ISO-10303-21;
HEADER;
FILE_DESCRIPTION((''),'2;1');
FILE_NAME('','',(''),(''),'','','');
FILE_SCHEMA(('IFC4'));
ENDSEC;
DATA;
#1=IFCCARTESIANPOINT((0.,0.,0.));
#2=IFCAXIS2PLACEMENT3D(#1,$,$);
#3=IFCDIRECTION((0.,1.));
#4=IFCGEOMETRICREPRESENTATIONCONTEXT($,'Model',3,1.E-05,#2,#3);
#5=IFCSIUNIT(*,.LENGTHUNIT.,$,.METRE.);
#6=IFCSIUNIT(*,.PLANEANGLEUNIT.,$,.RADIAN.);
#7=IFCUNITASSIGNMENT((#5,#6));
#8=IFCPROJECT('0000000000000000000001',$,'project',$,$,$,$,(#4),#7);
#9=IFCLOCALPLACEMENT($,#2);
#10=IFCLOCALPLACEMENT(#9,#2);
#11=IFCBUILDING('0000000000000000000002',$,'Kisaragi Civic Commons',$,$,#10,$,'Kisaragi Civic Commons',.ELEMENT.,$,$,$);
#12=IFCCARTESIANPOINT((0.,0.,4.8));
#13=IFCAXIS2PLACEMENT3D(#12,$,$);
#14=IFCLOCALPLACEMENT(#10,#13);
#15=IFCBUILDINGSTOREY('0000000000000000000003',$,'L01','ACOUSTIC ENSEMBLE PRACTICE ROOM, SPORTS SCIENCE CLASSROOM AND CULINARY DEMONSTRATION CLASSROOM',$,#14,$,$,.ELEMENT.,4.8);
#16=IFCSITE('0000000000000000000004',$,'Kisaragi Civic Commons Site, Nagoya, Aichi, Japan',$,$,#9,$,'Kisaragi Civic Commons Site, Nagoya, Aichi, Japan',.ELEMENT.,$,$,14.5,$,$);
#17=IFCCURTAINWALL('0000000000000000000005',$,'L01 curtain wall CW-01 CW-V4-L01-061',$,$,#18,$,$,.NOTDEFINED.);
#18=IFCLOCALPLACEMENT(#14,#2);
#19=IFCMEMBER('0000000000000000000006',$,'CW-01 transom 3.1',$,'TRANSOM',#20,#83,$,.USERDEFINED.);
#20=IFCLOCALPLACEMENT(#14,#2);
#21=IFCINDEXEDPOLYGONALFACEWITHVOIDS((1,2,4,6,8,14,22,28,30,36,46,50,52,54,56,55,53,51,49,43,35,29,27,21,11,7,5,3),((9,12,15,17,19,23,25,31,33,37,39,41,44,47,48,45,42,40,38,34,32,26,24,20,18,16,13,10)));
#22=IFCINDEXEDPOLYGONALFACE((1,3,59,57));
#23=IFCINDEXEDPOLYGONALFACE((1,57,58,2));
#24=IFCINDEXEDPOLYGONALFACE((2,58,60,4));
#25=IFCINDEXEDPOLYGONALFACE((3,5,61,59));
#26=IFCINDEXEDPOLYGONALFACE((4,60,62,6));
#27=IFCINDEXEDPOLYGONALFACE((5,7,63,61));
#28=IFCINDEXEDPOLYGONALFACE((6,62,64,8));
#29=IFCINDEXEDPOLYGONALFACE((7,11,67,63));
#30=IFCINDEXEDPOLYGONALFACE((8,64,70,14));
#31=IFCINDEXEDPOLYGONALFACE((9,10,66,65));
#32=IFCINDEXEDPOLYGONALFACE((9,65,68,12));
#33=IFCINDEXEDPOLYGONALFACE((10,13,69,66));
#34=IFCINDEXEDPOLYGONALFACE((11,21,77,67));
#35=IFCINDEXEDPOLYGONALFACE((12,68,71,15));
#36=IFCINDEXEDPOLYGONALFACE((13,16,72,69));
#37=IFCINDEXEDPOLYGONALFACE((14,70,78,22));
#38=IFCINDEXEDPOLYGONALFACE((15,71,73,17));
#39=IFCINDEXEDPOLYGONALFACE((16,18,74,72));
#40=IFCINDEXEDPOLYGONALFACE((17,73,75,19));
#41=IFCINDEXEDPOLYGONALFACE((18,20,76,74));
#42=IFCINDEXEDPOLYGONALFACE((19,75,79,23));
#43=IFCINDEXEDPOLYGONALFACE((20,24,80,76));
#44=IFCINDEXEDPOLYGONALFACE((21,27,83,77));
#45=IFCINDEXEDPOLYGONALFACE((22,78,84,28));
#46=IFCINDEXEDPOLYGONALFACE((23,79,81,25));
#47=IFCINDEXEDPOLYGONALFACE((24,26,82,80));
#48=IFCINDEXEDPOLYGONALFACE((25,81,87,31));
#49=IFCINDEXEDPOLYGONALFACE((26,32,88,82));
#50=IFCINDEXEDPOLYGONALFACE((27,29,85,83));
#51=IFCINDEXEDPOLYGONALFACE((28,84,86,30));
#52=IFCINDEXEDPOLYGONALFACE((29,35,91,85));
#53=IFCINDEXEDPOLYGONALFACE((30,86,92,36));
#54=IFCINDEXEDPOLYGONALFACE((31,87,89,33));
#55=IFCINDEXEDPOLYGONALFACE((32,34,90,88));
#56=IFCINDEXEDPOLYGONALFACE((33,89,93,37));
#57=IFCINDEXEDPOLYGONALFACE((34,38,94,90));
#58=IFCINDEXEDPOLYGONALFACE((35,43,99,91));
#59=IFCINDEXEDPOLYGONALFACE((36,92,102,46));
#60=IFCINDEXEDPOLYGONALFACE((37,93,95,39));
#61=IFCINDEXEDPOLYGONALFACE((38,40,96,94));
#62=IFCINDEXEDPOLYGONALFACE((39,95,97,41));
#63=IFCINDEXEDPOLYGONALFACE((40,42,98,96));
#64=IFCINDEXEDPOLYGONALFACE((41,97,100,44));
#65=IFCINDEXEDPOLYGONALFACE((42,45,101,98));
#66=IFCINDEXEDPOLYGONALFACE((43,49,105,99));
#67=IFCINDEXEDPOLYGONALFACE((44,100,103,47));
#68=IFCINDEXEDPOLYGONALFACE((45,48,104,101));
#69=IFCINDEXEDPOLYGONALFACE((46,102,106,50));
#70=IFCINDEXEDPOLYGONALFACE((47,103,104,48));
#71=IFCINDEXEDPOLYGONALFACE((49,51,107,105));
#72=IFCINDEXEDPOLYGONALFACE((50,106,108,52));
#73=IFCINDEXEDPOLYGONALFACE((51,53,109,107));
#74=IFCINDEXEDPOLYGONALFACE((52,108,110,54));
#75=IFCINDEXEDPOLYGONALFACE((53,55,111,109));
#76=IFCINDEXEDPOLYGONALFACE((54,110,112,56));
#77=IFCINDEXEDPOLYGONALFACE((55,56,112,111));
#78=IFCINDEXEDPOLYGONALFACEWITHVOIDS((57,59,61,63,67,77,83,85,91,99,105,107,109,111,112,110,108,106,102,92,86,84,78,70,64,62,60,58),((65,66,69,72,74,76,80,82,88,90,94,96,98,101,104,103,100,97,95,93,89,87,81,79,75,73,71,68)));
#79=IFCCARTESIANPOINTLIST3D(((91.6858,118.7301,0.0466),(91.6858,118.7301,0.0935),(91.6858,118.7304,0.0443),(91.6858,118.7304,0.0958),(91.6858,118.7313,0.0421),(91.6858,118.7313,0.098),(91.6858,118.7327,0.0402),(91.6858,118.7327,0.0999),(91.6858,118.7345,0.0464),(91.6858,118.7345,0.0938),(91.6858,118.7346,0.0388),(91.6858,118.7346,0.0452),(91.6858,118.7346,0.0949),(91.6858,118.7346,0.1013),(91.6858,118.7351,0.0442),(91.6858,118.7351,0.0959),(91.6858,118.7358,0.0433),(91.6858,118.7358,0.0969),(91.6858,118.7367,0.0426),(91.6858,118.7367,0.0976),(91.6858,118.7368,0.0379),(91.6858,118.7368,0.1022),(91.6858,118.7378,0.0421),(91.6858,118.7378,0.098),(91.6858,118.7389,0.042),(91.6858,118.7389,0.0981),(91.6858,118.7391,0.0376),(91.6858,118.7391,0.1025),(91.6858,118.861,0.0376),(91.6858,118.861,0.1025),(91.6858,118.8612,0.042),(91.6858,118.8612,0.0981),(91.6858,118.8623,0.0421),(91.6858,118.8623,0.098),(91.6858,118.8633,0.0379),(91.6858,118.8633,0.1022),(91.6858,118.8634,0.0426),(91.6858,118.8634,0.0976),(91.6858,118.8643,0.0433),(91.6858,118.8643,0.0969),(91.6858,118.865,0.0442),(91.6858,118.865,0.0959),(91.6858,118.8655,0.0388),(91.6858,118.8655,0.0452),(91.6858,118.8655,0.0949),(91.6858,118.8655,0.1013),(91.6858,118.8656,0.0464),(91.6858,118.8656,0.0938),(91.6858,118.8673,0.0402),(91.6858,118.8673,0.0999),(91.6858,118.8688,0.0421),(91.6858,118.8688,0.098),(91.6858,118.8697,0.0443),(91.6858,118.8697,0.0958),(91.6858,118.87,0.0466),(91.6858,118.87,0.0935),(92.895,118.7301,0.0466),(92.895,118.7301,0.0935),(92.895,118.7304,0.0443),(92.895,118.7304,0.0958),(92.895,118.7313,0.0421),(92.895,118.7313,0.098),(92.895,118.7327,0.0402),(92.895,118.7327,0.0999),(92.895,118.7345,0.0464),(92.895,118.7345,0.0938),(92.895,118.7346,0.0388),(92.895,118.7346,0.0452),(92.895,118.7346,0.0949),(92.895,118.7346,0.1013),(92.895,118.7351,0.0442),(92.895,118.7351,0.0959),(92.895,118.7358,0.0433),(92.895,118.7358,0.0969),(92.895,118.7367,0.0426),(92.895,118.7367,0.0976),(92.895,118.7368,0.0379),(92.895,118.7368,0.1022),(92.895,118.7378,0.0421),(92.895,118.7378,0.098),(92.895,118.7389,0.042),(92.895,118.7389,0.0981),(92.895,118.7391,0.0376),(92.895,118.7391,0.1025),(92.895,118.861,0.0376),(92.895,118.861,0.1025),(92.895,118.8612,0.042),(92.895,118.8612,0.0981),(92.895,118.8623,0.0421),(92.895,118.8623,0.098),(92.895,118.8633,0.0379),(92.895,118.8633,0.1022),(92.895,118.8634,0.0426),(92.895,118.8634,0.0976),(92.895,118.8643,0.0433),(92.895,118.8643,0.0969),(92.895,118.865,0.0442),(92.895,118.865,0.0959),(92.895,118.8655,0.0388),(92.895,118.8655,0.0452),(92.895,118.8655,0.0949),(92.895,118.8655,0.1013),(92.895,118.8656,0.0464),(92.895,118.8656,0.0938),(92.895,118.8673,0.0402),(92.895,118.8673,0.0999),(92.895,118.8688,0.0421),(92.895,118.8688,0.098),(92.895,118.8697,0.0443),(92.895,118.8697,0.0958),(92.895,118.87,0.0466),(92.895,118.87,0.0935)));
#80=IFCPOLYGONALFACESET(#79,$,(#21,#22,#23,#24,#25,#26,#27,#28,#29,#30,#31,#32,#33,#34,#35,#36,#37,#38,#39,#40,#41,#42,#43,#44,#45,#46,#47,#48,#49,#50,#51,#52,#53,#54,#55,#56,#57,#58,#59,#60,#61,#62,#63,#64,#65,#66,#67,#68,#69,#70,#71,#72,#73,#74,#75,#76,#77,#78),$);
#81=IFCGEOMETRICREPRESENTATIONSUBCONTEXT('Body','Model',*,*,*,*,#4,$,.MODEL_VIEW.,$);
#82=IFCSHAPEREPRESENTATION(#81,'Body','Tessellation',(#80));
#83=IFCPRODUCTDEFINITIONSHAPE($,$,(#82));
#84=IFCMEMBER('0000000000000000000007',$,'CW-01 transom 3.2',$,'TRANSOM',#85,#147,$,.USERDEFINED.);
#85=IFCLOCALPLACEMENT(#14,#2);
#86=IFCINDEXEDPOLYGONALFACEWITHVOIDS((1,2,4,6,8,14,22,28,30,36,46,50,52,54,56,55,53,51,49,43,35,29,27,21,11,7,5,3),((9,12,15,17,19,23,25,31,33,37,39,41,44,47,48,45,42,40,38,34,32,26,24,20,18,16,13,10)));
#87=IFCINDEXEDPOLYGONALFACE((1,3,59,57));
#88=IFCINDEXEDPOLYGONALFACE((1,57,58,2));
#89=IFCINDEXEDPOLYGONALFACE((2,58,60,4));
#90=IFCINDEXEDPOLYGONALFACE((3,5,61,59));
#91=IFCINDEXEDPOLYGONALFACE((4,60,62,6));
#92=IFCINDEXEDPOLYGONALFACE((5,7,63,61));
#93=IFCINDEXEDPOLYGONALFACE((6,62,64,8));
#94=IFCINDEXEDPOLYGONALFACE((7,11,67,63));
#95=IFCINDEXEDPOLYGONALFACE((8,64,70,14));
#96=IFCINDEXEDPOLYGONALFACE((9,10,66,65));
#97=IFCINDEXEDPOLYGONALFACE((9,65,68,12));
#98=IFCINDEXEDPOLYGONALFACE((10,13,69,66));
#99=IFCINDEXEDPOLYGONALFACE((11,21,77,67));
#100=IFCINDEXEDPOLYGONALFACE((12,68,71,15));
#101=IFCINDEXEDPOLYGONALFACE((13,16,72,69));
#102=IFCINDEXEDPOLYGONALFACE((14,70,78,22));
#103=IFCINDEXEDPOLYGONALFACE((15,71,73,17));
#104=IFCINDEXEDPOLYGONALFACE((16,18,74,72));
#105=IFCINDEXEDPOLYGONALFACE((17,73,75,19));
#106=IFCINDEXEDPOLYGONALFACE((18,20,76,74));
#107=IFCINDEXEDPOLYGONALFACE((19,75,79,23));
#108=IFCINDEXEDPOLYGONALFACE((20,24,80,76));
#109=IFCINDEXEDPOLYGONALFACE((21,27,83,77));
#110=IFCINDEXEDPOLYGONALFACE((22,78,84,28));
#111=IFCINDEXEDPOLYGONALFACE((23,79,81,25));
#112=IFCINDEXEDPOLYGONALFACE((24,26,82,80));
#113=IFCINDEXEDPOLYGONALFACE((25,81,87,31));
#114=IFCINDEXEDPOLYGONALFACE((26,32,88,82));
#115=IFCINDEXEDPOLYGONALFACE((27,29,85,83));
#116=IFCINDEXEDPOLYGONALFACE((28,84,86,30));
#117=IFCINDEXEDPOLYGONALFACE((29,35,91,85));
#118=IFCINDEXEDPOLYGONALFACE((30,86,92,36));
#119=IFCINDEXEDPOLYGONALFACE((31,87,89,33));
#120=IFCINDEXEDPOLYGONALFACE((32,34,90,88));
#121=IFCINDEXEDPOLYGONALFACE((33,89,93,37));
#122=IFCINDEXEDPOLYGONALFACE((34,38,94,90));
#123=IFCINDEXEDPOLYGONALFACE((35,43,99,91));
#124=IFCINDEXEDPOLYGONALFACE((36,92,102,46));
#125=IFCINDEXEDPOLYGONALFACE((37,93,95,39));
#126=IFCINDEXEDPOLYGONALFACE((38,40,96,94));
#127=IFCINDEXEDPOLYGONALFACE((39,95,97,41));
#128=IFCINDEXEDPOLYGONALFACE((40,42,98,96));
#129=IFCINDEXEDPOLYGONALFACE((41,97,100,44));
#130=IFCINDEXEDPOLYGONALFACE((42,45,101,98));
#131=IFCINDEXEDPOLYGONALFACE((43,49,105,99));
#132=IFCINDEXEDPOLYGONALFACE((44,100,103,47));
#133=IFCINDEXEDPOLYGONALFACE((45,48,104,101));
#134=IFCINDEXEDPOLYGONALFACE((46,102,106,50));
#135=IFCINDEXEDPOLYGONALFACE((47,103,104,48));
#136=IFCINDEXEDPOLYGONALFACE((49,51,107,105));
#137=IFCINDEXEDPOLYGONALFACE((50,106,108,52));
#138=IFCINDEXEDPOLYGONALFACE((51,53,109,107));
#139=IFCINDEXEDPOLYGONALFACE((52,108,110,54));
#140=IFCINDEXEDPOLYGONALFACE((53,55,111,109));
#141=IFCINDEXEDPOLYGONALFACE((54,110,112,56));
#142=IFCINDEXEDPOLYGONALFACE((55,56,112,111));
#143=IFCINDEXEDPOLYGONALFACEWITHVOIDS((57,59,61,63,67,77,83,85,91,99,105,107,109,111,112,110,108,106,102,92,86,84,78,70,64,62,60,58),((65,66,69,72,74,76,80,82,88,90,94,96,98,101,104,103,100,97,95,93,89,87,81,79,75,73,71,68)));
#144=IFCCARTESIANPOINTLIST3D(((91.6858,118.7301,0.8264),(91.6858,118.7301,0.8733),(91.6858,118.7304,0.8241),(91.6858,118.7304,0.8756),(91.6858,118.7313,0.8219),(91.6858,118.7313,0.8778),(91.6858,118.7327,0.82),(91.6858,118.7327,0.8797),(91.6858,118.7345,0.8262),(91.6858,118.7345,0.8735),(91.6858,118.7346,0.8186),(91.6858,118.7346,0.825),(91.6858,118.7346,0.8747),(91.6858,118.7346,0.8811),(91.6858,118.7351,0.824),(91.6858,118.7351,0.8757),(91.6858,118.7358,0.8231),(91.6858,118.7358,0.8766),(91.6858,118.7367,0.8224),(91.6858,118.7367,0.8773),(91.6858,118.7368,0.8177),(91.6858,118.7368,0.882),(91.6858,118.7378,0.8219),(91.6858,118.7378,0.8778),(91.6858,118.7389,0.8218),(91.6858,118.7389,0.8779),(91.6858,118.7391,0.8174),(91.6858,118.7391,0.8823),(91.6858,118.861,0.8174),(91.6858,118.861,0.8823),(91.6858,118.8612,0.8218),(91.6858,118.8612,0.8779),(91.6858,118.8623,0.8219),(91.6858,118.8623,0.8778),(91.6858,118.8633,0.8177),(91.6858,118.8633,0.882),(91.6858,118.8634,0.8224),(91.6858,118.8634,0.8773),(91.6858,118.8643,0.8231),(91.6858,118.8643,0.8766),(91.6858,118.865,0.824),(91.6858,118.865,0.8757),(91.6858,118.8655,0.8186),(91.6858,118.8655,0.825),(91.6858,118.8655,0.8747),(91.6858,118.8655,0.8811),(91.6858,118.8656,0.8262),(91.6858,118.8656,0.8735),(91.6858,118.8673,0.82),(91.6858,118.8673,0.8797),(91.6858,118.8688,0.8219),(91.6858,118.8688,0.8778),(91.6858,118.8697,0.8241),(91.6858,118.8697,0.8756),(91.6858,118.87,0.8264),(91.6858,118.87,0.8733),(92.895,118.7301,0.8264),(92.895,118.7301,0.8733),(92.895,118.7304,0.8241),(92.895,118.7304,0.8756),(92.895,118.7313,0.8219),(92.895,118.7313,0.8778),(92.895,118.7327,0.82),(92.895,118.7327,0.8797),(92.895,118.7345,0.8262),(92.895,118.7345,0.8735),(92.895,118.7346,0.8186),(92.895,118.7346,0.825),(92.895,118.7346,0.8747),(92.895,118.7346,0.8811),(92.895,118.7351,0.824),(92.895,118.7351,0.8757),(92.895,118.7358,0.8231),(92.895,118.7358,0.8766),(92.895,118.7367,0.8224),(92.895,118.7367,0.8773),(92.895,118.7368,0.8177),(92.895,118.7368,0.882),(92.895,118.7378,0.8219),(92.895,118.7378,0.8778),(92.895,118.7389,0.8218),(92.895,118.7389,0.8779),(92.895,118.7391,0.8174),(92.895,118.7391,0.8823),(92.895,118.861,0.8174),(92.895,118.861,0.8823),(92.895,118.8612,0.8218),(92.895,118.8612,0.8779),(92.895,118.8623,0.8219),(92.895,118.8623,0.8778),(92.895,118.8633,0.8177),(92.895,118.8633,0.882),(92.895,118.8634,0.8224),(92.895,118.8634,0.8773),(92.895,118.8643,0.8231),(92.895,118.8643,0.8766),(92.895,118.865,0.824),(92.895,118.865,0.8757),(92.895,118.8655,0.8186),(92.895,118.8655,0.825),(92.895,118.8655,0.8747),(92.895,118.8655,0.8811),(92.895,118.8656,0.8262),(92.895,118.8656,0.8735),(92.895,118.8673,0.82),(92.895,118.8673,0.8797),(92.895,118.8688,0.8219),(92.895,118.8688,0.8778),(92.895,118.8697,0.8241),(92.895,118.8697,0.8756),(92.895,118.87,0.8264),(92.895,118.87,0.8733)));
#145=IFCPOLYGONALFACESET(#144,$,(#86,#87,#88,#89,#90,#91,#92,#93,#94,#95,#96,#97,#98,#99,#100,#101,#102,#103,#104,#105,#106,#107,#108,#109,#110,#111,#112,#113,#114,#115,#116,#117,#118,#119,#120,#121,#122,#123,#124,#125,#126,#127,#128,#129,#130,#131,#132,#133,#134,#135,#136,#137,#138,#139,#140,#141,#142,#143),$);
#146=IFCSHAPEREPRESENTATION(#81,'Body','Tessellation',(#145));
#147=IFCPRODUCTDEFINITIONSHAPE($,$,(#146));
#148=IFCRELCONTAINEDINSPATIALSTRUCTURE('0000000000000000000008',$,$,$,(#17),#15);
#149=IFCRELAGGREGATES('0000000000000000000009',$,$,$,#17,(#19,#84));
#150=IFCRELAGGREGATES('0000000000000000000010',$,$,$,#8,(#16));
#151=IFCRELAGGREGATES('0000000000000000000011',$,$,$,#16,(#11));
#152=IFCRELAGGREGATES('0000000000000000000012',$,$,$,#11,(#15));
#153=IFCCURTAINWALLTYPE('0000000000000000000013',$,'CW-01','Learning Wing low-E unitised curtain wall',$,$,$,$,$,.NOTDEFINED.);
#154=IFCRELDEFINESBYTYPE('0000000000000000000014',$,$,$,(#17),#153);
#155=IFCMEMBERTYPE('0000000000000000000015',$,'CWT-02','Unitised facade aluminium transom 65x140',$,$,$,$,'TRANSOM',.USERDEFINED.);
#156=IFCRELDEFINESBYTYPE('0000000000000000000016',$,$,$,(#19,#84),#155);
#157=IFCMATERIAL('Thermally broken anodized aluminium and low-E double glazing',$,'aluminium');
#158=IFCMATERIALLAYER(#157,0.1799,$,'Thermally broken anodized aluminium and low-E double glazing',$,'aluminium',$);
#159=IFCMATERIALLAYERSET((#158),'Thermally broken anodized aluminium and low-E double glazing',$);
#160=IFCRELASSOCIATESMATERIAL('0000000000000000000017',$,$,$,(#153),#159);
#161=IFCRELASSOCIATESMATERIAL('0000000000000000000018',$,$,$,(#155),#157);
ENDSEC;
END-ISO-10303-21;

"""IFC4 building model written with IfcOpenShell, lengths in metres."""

from ifc_helpers import new_model, si_unit, direction, frame, origin, origin_2d, place, context, subcontext, project, spatial, hollow_rectangle, extrude, material, layer, layer_set, material_profile, profile_set, type_object, element, aggregate, save


model = new_model("IFC4")

# Units and contexts
model_context = context("Model", 3, precision=1e-05, world=origin(), true_north=direction((0.0, 1.0)))
body_context = subcontext(model_context, "Body", "Model", "MODEL_VIEW")
ifc_project = project(units=[si_unit("LENGTHUNIT", "METRE"), si_unit("PLANEANGLEUNIT", "RADIAN")], contexts=[model_context])

# Site, building, storey
site_placement = place(None, origin())
site = spatial("IfcSite", under=ifc_project, at=site_placement, Name="Kisaragi Civic Commons Site, Nagoya, Aichi, Japan", LongName="Kisaragi Civic Commons Site, Nagoya, Aichi, Japan", CompositionType="ELEMENT", RefElevation=14.5)
building_placement = place(site_placement, origin())
building = spatial("IfcBuilding", under=site, at=building_placement, Name="Kisaragi Civic Commons", LongName="Kisaragi Civic Commons", CompositionType="ELEMENT")
storey_placement = place(building_placement, frame((0.0, 0.0, 4.8)))
storey = spatial("IfcBuildingStorey", under=building, at=storey_placement, Name="L01", Description="ACOUSTIC ENSEMBLE PRACTICE ROOM, SPORTS SCIENCE CLASSROOM AND CULINARY DEMONSTRATION CLASSROOM", CompositionType="ELEMENT", Elevation=4.8)

# Curtain wall
ifc_material_1 = material(Name="Thermally broken anodized aluminium and low-E double glazing", Category="aluminium")
ifc_layer_1 = layer(ifc_material_1, 0.1799, Name="Thermally broken anodized aluminium and low-E double glazing", Category="aluminium")
ifc_layer_set_1 = layer_set([ifc_layer_1], Name="Thermally broken anodized aluminium and low-E double glazing")
curtain_wall_type = type_object("IfcCurtainWallType", Name="CW-01", Description="Learning Wing low-E unitised curtain wall", PredefinedType="NOTDEFINED", material=ifc_layer_set_1)
curtain_wall_1_placement = place(storey_placement, origin())
curtain_wall_1 = element("IfcCurtainWall", 1, at=curtain_wall_1_placement, inside=storey, type_object=curtain_wall_type, Name="L01 curtain wall CW-01 CW-V4-L01-061", PredefinedType="NOTDEFINED")

# Members
ifc_material_profile_1 = material_profile(ifc_material_1, hollow_rectangle(XDim=0.1399, YDim=0.0649, WallThickness=0.0044, InnerFilletRadius=0.0044, OuterFilletRadius=0.009, at=origin_2d()), Name="CWT-65x140x4.5", Category="aluminium")
ifc_profile_set_1 = profile_set([ifc_material_profile_1], Name="Thermally broken anodized aluminium and low-E double glazing")
member_type_1 = type_object("IfcMemberType", Name="CWT-02", Description="Unitised facade aluminium transom 65x140", ElementType="TRANSOM", PredefinedType="USERDEFINED", material=ifc_profile_set_1)
member_1_placement = place(storey_placement, frame((91.6858, 118.8, 0.0701), z_axis=(1.0, 0.0, 0.0), x_axis=(0.0, 1.0, 0.0)))
member_1 = element("IfcMember", 2, at=member_1_placement, type_object=member_type_1, Name="CW-01 transom 3.1", ObjectType="TRANSOM", PredefinedType="USERDEFINED", context=body_context, shape_type="SweptSolid", body=[
    extrude(hollow_rectangle(XDim=0.1399, YDim=0.0649, WallThickness=0.0044, InnerFilletRadius=0.0044, OuterFilletRadius=0.009, at=origin_2d()), origin(), (0.0, 0.0, 1.0), 1.2092),
])
member_2_placement = place(storey_placement, frame((91.6858, 118.8, 0.8499), z_axis=(1.0, 0.0, 0.0), x_axis=(0.0, 1.0, 0.0)))
member_2 = element("IfcMember", 3, at=member_2_placement, type_object=member_type_1, Name="CW-01 transom 3.2", ObjectType="TRANSOM", PredefinedType="USERDEFINED", context=body_context, shape_type="SweptSolid", body=[
    extrude(hollow_rectangle(XDim=0.1399, YDim=0.0649, WallThickness=0.0044, InnerFilletRadius=0.0044, OuterFilletRadius=0.009, at=origin_2d()), origin(), (0.0, 0.0, 1.0), 1.2092),
])

aggregate(curtain_wall_1, [member_1, member_2])

save(model, "model.ifc")
